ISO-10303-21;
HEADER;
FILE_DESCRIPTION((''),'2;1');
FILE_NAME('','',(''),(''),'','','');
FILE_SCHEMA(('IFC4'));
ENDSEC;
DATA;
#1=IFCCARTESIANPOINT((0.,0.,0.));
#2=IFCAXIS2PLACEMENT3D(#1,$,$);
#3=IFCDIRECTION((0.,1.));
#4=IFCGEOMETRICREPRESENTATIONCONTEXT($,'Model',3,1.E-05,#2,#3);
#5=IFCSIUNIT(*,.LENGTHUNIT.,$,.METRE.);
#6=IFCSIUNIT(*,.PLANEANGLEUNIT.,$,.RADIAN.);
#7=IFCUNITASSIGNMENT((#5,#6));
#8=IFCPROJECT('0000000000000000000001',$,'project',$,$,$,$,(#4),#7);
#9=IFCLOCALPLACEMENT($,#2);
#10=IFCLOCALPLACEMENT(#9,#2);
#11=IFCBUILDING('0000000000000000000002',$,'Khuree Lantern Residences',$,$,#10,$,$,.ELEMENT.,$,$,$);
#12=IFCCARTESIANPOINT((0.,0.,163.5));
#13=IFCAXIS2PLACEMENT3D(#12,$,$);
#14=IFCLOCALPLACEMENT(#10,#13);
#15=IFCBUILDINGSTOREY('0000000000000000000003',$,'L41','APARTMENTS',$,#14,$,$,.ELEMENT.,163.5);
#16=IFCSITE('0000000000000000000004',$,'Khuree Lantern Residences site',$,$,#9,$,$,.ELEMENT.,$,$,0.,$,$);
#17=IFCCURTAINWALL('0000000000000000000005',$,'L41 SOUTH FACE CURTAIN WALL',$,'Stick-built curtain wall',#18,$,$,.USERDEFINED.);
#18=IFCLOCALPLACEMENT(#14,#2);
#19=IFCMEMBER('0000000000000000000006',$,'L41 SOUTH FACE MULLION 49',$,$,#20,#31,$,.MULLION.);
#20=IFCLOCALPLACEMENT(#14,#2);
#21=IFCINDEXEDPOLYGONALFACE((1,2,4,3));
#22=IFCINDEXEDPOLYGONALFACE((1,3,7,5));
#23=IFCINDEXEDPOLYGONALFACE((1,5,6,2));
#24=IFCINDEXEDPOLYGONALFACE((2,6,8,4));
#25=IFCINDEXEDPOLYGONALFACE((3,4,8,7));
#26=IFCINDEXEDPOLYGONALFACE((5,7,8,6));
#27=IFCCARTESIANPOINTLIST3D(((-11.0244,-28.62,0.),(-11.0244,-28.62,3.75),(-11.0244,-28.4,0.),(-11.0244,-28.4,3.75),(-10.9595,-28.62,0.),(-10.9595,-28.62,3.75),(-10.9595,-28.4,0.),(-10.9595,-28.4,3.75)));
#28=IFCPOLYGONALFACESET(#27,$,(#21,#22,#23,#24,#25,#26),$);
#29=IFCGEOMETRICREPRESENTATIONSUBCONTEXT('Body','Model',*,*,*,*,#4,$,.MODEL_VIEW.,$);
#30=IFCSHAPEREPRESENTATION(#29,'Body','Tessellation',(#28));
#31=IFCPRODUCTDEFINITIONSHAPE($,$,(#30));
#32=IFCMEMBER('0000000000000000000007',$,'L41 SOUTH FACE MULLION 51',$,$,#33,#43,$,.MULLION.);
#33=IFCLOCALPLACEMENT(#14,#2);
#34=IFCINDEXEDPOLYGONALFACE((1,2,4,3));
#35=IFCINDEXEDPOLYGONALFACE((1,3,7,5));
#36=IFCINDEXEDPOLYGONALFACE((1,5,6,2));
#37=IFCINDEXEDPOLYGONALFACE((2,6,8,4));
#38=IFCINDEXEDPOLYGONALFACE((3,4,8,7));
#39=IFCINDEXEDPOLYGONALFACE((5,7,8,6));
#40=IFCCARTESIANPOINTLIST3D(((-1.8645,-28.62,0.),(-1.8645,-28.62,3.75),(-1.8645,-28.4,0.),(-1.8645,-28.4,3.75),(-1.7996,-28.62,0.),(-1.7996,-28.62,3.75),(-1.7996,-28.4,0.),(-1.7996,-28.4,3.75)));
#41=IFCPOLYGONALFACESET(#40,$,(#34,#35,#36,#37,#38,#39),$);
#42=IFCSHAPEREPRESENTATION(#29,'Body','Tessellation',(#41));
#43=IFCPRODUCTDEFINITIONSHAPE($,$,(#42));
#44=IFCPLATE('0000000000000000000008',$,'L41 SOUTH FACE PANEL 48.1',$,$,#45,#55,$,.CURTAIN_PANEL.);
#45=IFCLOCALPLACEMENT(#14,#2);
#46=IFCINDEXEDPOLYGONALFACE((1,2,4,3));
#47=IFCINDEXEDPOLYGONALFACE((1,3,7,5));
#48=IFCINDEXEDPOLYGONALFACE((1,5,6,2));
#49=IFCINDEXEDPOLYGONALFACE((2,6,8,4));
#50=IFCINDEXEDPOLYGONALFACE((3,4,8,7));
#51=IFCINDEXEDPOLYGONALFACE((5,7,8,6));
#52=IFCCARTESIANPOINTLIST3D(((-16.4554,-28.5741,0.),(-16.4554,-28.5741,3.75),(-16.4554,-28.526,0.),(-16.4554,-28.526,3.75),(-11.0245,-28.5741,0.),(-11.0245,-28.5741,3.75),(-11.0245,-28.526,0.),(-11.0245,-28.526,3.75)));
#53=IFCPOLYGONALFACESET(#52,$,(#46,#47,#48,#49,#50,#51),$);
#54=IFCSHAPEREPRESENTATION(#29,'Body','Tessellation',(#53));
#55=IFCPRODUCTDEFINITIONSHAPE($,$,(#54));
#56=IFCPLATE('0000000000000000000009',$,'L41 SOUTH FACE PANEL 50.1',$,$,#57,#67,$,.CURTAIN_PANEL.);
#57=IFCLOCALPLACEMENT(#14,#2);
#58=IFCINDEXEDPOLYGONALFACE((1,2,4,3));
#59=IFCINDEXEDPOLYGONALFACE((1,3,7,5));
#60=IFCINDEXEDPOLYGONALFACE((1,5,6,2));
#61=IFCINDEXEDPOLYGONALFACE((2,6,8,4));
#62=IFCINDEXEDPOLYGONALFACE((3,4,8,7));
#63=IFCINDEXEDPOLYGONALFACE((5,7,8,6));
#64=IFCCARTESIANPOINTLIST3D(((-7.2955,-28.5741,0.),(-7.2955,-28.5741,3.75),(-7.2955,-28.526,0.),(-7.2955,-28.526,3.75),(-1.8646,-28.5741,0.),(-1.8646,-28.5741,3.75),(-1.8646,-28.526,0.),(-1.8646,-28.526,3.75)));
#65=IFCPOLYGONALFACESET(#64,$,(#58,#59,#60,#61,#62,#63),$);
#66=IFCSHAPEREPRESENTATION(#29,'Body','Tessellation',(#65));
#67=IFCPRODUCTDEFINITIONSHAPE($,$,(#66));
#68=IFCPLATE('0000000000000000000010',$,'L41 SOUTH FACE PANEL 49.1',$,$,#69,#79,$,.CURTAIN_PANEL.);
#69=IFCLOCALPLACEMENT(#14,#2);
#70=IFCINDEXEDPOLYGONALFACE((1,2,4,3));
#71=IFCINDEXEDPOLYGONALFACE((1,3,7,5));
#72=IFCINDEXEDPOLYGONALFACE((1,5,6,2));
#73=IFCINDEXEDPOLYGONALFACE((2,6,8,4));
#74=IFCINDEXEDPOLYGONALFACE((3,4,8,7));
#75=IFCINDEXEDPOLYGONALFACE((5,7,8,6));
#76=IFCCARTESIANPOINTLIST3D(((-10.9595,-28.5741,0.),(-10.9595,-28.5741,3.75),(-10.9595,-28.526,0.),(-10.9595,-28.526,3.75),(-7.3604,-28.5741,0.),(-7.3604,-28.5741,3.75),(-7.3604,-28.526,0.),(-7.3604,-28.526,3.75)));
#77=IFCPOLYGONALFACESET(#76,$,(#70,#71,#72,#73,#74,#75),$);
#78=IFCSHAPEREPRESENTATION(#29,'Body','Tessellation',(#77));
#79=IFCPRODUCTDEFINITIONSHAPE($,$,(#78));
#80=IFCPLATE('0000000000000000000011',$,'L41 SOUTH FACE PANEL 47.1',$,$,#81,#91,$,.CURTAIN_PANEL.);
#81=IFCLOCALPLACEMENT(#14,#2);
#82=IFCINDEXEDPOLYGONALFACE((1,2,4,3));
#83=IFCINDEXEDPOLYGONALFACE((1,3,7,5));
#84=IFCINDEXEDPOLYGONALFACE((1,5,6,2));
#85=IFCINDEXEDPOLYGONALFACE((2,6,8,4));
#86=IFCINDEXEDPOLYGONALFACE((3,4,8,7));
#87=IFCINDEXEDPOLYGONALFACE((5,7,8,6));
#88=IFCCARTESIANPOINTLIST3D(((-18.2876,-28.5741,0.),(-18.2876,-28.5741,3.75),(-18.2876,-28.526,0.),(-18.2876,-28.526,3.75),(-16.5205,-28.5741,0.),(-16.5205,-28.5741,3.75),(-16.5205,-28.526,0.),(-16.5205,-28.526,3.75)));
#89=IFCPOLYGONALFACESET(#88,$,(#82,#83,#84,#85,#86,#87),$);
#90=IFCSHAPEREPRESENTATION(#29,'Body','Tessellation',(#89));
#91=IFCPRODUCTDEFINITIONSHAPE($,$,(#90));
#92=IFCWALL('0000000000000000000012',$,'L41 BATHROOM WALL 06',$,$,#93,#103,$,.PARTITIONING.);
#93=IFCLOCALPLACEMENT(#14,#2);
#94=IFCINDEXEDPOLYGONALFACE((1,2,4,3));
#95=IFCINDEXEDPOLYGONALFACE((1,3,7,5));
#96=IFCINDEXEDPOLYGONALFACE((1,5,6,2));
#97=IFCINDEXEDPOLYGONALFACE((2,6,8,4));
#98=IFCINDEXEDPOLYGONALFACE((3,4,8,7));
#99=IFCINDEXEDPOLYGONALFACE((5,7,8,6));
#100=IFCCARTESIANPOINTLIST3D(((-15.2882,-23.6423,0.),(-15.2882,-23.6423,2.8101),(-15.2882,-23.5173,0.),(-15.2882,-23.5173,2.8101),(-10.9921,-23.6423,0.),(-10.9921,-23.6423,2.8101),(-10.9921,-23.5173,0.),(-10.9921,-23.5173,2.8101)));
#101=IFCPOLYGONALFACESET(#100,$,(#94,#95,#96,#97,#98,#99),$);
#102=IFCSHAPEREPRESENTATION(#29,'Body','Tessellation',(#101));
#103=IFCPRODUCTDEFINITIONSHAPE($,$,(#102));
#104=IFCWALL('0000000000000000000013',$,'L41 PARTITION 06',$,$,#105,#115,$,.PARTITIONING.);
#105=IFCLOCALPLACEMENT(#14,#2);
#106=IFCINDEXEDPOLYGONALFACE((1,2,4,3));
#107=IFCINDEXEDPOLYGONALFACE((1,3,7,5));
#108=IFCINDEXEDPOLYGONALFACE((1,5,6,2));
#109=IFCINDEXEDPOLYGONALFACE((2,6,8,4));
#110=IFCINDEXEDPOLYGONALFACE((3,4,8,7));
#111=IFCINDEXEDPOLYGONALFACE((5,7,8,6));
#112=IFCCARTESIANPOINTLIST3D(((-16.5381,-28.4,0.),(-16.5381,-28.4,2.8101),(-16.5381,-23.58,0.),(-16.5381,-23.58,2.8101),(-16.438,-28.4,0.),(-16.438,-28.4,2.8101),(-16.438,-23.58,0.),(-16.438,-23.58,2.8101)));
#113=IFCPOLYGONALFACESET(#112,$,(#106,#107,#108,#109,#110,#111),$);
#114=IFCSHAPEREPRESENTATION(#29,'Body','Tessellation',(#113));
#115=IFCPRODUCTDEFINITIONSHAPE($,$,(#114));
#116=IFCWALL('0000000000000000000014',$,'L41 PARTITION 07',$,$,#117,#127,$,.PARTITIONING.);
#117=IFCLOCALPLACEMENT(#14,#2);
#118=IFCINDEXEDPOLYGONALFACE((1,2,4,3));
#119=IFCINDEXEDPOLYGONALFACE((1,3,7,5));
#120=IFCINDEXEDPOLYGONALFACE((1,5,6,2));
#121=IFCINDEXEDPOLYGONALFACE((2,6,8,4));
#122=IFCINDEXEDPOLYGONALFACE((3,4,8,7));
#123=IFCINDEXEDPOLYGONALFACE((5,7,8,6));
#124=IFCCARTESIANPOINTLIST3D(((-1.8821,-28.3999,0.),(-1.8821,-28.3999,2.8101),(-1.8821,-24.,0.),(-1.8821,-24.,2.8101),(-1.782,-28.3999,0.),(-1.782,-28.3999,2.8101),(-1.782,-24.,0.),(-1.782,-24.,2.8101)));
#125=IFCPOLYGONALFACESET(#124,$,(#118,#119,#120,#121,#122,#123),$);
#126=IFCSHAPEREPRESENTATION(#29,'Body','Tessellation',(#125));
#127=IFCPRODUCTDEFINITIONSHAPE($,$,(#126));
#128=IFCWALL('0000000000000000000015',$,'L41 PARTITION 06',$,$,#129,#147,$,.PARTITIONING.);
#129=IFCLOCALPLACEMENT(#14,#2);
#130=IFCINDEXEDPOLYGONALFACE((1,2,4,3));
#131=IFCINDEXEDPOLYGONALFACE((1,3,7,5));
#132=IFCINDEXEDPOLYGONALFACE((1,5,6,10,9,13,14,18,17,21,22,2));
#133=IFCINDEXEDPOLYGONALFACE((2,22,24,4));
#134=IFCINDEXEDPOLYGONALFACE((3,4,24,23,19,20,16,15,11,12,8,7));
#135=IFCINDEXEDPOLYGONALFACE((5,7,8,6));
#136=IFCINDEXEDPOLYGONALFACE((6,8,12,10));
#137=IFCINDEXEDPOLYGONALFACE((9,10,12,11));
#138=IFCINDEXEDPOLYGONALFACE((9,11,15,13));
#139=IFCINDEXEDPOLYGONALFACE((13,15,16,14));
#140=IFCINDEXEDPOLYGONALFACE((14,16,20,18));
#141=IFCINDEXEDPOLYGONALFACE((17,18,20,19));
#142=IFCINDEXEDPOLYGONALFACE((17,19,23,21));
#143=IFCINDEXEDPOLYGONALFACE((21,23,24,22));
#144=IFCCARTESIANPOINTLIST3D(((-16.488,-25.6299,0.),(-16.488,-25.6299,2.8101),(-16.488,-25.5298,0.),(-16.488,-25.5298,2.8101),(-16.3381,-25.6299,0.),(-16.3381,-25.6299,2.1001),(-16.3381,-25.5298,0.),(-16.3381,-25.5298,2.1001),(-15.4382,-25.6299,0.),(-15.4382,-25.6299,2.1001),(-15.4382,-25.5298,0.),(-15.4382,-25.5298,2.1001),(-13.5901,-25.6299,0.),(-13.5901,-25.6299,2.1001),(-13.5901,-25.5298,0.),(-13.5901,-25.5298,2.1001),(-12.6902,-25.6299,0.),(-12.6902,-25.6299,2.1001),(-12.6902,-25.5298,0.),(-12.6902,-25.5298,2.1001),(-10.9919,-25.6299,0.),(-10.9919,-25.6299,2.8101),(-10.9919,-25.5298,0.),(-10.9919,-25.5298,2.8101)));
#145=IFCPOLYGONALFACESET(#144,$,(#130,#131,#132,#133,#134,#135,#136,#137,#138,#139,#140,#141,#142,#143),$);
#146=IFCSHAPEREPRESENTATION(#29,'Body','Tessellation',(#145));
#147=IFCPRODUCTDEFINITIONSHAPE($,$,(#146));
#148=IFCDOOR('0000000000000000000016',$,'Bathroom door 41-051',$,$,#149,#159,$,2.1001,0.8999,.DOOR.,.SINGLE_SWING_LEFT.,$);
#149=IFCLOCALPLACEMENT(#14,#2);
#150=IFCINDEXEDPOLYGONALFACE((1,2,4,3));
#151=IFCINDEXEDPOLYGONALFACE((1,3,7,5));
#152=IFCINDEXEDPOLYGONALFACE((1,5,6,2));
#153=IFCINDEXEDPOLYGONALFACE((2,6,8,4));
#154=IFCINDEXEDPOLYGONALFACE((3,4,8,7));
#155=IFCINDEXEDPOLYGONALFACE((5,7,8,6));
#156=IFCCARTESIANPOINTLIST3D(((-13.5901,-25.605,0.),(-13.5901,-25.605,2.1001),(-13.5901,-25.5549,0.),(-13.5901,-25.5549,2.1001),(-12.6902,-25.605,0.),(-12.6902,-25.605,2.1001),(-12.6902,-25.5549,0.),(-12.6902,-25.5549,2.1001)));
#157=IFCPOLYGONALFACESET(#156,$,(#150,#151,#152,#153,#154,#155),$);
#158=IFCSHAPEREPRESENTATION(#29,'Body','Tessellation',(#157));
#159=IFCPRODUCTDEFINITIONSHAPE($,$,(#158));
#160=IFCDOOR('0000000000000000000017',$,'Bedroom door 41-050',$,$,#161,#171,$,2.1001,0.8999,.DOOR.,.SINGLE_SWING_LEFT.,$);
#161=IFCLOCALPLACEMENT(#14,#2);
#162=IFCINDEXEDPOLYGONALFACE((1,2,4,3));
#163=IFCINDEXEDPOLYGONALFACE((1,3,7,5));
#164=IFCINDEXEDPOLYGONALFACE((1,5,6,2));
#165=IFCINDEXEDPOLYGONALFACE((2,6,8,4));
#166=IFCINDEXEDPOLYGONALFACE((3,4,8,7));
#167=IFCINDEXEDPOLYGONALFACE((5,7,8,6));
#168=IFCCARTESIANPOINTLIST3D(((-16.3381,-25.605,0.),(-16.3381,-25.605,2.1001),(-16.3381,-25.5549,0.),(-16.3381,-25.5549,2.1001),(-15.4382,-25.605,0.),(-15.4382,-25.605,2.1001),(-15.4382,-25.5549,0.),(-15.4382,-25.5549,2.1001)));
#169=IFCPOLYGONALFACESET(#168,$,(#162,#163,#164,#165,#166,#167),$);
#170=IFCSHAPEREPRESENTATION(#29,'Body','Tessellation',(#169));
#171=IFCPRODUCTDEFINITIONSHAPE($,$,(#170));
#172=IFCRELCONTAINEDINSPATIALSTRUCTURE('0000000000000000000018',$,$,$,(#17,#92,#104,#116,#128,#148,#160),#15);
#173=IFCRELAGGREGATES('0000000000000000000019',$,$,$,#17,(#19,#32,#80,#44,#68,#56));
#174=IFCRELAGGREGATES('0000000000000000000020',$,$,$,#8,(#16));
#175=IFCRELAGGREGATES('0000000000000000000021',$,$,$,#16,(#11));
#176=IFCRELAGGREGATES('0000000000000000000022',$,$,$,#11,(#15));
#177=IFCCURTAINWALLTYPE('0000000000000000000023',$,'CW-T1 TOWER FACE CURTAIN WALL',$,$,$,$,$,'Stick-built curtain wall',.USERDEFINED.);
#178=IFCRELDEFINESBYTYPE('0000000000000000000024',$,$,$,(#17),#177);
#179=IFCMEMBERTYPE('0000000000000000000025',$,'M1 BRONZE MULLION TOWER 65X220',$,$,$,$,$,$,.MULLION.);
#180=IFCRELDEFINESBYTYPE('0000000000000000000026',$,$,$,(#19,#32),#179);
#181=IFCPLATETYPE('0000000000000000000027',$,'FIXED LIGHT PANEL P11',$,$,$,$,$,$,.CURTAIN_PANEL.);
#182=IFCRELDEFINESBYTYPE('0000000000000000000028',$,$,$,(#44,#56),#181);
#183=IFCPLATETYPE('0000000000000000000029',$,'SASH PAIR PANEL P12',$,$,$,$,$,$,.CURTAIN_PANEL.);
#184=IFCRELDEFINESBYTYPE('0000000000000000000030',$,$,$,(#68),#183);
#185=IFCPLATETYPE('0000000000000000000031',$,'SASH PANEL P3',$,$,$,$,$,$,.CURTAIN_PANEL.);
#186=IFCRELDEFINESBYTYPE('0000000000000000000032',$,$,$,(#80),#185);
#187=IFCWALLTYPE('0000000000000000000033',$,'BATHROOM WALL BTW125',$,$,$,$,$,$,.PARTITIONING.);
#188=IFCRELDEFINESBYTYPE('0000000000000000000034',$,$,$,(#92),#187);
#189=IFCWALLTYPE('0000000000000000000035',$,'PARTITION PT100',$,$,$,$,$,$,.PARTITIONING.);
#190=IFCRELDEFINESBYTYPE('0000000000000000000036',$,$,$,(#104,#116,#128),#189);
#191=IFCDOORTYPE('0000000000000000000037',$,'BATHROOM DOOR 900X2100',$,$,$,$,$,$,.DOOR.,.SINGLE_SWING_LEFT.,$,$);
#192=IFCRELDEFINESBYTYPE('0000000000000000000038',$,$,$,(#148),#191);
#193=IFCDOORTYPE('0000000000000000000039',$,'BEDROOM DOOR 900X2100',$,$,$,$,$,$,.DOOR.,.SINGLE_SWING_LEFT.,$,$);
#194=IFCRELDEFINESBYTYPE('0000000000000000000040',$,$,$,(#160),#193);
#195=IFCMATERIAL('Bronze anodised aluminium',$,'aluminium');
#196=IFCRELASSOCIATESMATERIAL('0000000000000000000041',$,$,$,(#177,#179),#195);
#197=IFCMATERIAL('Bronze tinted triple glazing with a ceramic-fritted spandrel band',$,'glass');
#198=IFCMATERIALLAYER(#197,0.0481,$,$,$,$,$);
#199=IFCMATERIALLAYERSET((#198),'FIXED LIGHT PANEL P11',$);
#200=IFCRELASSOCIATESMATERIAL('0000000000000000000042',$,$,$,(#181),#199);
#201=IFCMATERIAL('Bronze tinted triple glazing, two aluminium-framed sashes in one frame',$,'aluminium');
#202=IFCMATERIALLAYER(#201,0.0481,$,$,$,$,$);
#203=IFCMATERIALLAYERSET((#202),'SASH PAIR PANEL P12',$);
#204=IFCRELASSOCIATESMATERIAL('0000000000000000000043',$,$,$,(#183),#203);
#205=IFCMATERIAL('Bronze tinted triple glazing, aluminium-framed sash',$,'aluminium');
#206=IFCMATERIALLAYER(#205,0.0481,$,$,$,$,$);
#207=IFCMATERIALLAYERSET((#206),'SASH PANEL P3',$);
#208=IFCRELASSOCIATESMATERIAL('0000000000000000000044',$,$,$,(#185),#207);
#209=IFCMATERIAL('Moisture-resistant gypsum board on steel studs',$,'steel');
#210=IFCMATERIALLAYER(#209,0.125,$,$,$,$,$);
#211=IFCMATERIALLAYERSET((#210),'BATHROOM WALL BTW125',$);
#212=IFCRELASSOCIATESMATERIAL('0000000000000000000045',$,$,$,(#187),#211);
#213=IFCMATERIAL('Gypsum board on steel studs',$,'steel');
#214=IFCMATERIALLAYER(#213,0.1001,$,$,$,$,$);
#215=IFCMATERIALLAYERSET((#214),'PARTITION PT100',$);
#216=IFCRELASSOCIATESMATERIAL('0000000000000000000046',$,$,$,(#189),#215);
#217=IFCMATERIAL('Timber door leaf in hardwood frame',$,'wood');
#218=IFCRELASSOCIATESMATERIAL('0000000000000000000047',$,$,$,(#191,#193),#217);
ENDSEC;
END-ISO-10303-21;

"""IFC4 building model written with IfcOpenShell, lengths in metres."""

from ifc_helpers import new_model, si_unit, direction, frame, frame_2d, origin, origin_2d, place, context, subcontext, project, spatial, rectangle, extrude, material, layer, layer_set, material_profile, profile_set, type_object, element, fill, aggregate, save


model = new_model("IFC4")

# Units and contexts
model_context = context("Model", 3, precision=1e-05, world=origin(), true_north=direction((0.0, 1.0)))
body_context = subcontext(model_context, "Body", "Model", "MODEL_VIEW")
ifc_project = project(units=[si_unit("LENGTHUNIT", "METRE"), si_unit("PLANEANGLEUNIT", "RADIAN")], contexts=[model_context])

# Site, building, storey
site_placement = place(None, origin())
site = spatial("IfcSite", under=ifc_project, at=site_placement, Name="Khuree Lantern Residences site", CompositionType="ELEMENT", RefElevation=0.0)
building_placement = place(site_placement, origin())
building = spatial("IfcBuilding", under=site, at=building_placement, Name="Khuree Lantern Residences", CompositionType="ELEMENT")
storey_placement = place(building_placement, frame((0.0, 0.0, 163.5)))
storey = spatial("IfcBuildingStorey", under=building, at=storey_placement, Name="L41", Description="APARTMENTS", CompositionType="ELEMENT", Elevation=163.5)

# Curtain wall
ifc_material_1 = material(Name="Bronze anodised aluminium", Category="aluminium")
curtain_wall_type = type_object("IfcCurtainWallType", Name="CW-T1 TOWER FACE CURTAIN WALL", ElementType="Stick-built curtain wall", PredefinedType="USERDEFINED", material=ifc_material_1)
curtain_wall_placement = place(storey_placement, origin())
curtain_wall = element("IfcCurtainWall", 1, at=curtain_wall_placement, inside=storey, type_object=curtain_wall_type, Name="L41 SOUTH FACE CURTAIN WALL", ObjectType="Stick-built curtain wall", PredefinedType="USERDEFINED")

# Members
ifc_material_profile_1 = material_profile(ifc_material_1, rectangle(XDim=0.0649, YDim=0.22, at=origin_2d()), Name="M1 65X220")
ifc_profile_set_1 = profile_set([ifc_material_profile_1], Name="Bronze anodised aluminium")
member_type_1 = type_object("IfcMemberType", Name="M1 BRONZE MULLION TOWER 65X220", PredefinedType="MULLION", material=ifc_profile_set_1)
member_1_placement = place(storey_placement, frame((-10.9919, -28.51, 0.0), z_axis=(0.0, 0.0, 1.0), x_axis=(1.0, 0.0, 0.0)))
member_1 = element("IfcMember", 2, at=member_1_placement, type_object=member_type_1, Name="L41 SOUTH FACE MULLION 49", PredefinedType="MULLION", context=body_context, shape_type="SweptSolid", body=[
    extrude(rectangle(XDim=0.0649, YDim=0.22, at=origin_2d()), origin(), (0.0, 0.0, 1.0), 3.75),
])
member_2_placement = place(storey_placement, frame((-1.832, -28.51, 0.0), z_axis=(0.0, 0.0, 1.0), x_axis=(1.0, 0.0, 0.0)))
member_2 = element("IfcMember", 3, at=member_2_placement, type_object=member_type_1, Name="L41 SOUTH FACE MULLION 51", PredefinedType="MULLION", context=body_context, shape_type="SweptSolid", body=[
    extrude(rectangle(XDim=0.0649, YDim=0.22, at=origin_2d()), origin(), (0.0, 0.0, 1.0), 3.75),
])

# Plates
ifc_material_2 = material(Name="Bronze tinted triple glazing with a ceramic-fritted spandrel band", Category="glass")
ifc_layer_1 = layer(ifc_material_2, 0.0481)
ifc_layer_set_1 = layer_set([ifc_layer_1], Name="FIXED LIGHT PANEL P11")
plate_type_1 = type_object("IfcPlateType", Name="FIXED LIGHT PANEL P11", PredefinedType="CURTAIN_PANEL", material=ifc_layer_set_1)
plate_1_placement = place(storey_placement, frame((-13.74, -28.55, 0.0), z_axis=(0.0, 0.0, 1.0), x_axis=(1.0, 0.0, 0.0)))
plate_1 = element("IfcPlate", 4, at=plate_1_placement, type_object=plate_type_1, Name="L41 SOUTH FACE PANEL 48.1", PredefinedType="CURTAIN_PANEL", context=body_context, shape_type="SweptSolid", body=[
    extrude(rectangle(XDim=5.4309, YDim=0.0481, at=origin_2d()), origin(), (0.0, 0.0, 1.0), 3.75),
])
plate_2_placement = place(storey_placement, frame((-4.5801, -28.55, 0.0), z_axis=(0.0, 0.0, 1.0), x_axis=(1.0, 0.0, 0.0)))
plate_2 = element("IfcPlate", 5, at=plate_2_placement, type_object=plate_type_1, Name="L41 SOUTH FACE PANEL 50.1", PredefinedType="CURTAIN_PANEL", context=body_context, shape_type="SweptSolid", body=[
    extrude(rectangle(XDim=5.4309, YDim=0.0481, at=origin_2d()), origin(), (0.0, 0.0, 1.0), 3.75),
])
ifc_material_3 = material(Name="Bronze tinted triple glazing, two aluminium-framed sashes in one frame", Category="aluminium")
ifc_layer_2 = layer(ifc_material_3, 0.0481)
ifc_layer_set_2 = layer_set([ifc_layer_2], Name="SASH PAIR PANEL P12")
plate_type_2 = type_object("IfcPlateType", Name="SASH PAIR PANEL P12", PredefinedType="CURTAIN_PANEL", material=ifc_layer_set_2)
plate_3_placement = place(storey_placement, frame((-9.1599, -28.55, 0.0), z_axis=(0.0, 0.0, 1.0), x_axis=(1.0, 0.0, 0.0)))
plate_3 = element("IfcPlate", 6, at=plate_3_placement, type_object=plate_type_2, Name="L41 SOUTH FACE PANEL 49.1", PredefinedType="CURTAIN_PANEL", context=body_context, shape_type="SweptSolid", body=[
    extrude(rectangle(XDim=3.5991, YDim=0.0481, at=origin_2d()), origin(), (0.0, 0.0, 1.0), 3.75),
])
ifc_material_4 = material(Name="Bronze tinted triple glazing, aluminium-framed sash", Category="aluminium")
ifc_layer_3 = layer(ifc_material_4, 0.0481)
ifc_layer_set_3 = layer_set([ifc_layer_3], Name="SASH PANEL P3")
plate_type_3 = type_object("IfcPlateType", Name="SASH PANEL P3", PredefinedType="CURTAIN_PANEL", material=ifc_layer_set_3)
plate_4_placement = place(storey_placement, frame((-17.4041, -28.55, 0.0), z_axis=(0.0, 0.0, 1.0), x_axis=(1.0, 0.0, 0.0)))
plate_4 = element("IfcPlate", 7, at=plate_4_placement, type_object=plate_type_3, Name="L41 SOUTH FACE PANEL 47.1", PredefinedType="CURTAIN_PANEL", context=body_context, shape_type="SweptSolid", body=[
    extrude(rectangle(XDim=1.7671, YDim=0.0481, at=origin_2d()), origin(), (0.0, 0.0, 1.0), 3.75),
])
aggregate(curtain_wall, [member_1, member_2, plate_4, plate_1, plate_3, plate_2])

# Walls
ifc_material_5 = material(Name="Moisture-resistant gypsum board on steel studs", Category="steel")
ifc_layer_4 = layer(ifc_material_5, 0.125)
ifc_layer_set_4 = layer_set([ifc_layer_4], Name="BATHROOM WALL BTW125")
wall_type_1 = type_object("IfcWallType", Name="BATHROOM WALL BTW125", PredefinedType="PARTITIONING", material=ifc_layer_set_4)
wall_1_placement = place(storey_placement, frame((-15.2881, -23.5798, 0.0), z_axis=(0.0, 0.0, 1.0), x_axis=(1.0, 0.0, 0.0)))
element("IfcWall", 8, at=wall_1_placement, inside=storey, type_object=wall_type_1, Name="L41 BATHROOM WALL 06", PredefinedType="PARTITIONING", context=body_context, shape_type="SweptSolid", body=[
    extrude(rectangle(XDim=4.2961, YDim=0.125, at=frame_2d((2.1479, 0.0))), origin(), (0.0, 0.0, 1.0), 2.8101),
])
ifc_material_6 = material(Name="Gypsum board on steel studs", Category="steel")
ifc_layer_5 = layer(ifc_material_6, 0.1001)
ifc_layer_set_5 = layer_set([ifc_layer_5], Name="PARTITION PT100")
wall_type_2 = type_object("IfcWallType", Name="PARTITION PT100", PredefinedType="PARTITIONING", material=ifc_layer_set_5)
wall_2_placement = place(storey_placement, frame((-16.488, -23.5798, 0.0), z_axis=(0.0, 0.0, 1.0), x_axis=(0.0, -1.0, 0.0)))
element("IfcWall", 9, at=wall_2_placement, inside=storey, type_object=wall_type_2, Name="L41 PARTITION 06", PredefinedType="PARTITIONING", context=body_context, shape_type="SweptSolid", body=[
    extrude(rectangle(XDim=4.8201, YDim=0.1001, at=frame_2d((2.4102, 0.0))), origin(), (0.0, 0.0, 1.0), 2.8101),
])
wall_3_placement = place(storey_placement, frame((-1.832, -24.0, 0.0), z_axis=(0.0, 0.0, 1.0), x_axis=(0.0, -1.0, 0.0)))
element("IfcWall", 10, at=wall_3_placement, inside=storey, type_object=wall_type_2, Name="L41 PARTITION 07", PredefinedType="PARTITIONING", context=body_context, shape_type="SweptSolid", body=[
    extrude(rectangle(XDim=4.3999, YDim=0.1001, at=frame_2d((2.2, 0.0))), origin(), (0.0, 0.0, 1.0), 2.8101),
])

# Wall, openings, doors
wall_4_placement = place(storey_placement, frame((-16.488, -25.5798, 0.0), z_axis=(0.0, 0.0, 1.0), x_axis=(1.0, 0.0, 0.0)))
wall_4 = element("IfcWall", 11, at=wall_4_placement, inside=storey, type_object=wall_type_2, Name="L41 PARTITION 06", PredefinedType="PARTITIONING", context=body_context, shape_type="SweptSolid", body=[
    extrude(rectangle(XDim=5.4961, YDim=0.1001, at=frame_2d((2.748, 0.0))), origin(), (0.0, 0.0, 1.0), 2.8101),
])
opening_1_placement = place(wall_4_placement, frame((0.1499, 0.0, 0.0)))
opening_1 = element("IfcOpeningElement", 12, at=opening_1_placement, cuts=wall_4, PredefinedType="OPENING", context=body_context, shape_type="SweptSolid", body=[
    extrude(rectangle(XDim=0.8999, YDim=2.1001, at=frame_2d((0.45, 1.05))), frame((0.0, 0.0601, 0.0), z_axis=(0.0, -1.0, 0.0), x_axis=(1.0, 0.0, 0.0)), (0.0, 0.0, 1.0), 0.1201),
])
opening_2_placement = place(wall_4_placement, frame((2.8979, 0.0, 0.0)))
opening_2 = element("IfcOpeningElement", 13, at=opening_2_placement, cuts=wall_4, PredefinedType="OPENING", context=body_context, shape_type="SweptSolid", body=[
    extrude(rectangle(XDim=0.8999, YDim=2.1001, at=frame_2d((0.45, 1.05))), frame((0.0, 0.0601, 0.0), z_axis=(0.0, -1.0, 0.0), x_axis=(1.0, 0.0, 0.0)), (0.0, 0.0, 1.0), 0.1201),
])
ifc_material_7 = material(Name="Timber door leaf in hardwood frame", Category="wood")
door_type_1 = type_object("IfcDoorType", Name="BATHROOM DOOR 900X2100", OperationType="SINGLE_SWING_LEFT", PredefinedType="DOOR", material=ifc_material_7)
door_1_placement = place(opening_2_placement, origin())
door_1 = element("IfcDoor", 14, at=door_1_placement, inside=storey, type_object=door_type_1, Name="Bathroom door 41-051", OperationType="SINGLE_SWING_LEFT", OverallHeight=2.1001, OverallWidth=0.8999, PredefinedType="DOOR", context=body_context, shape_type="SweptSolid", body=[
    extrude(rectangle(XDim=0.8999, YDim=2.1001, at=frame_2d((0.45, 1.05))), frame((0.0, 0.0249, 0.0), z_axis=(0.0, -1.0, 0.0), x_axis=(1.0, 0.0, 0.0)), (0.0, 0.0, 1.0), 0.05),
])
fill(opening_2, door_1)
door_type_2 = type_object("IfcDoorType", Name="BEDROOM DOOR 900X2100", OperationType="SINGLE_SWING_LEFT", PredefinedType="DOOR", material=ifc_material_7)
door_2_placement = place(opening_1_placement, origin())
door_2 = element("IfcDoor", 15, at=door_2_placement, inside=storey, type_object=door_type_2, Name="Bedroom door 41-050", OperationType="SINGLE_SWING_LEFT", OverallHeight=2.1001, OverallWidth=0.8999, PredefinedType="DOOR", context=body_context, shape_type="SweptSolid", body=[
    extrude(rectangle(XDim=0.8999, YDim=2.1001, at=frame_2d((0.45, 1.05))), frame((0.0, 0.0249, 0.0), z_axis=(0.0, -1.0, 0.0), x_axis=(1.0, 0.0, 0.0)), (0.0, 0.0, 1.0), 0.05),
])
fill(opening_1, door_2)

save(model, "model.ifc")
